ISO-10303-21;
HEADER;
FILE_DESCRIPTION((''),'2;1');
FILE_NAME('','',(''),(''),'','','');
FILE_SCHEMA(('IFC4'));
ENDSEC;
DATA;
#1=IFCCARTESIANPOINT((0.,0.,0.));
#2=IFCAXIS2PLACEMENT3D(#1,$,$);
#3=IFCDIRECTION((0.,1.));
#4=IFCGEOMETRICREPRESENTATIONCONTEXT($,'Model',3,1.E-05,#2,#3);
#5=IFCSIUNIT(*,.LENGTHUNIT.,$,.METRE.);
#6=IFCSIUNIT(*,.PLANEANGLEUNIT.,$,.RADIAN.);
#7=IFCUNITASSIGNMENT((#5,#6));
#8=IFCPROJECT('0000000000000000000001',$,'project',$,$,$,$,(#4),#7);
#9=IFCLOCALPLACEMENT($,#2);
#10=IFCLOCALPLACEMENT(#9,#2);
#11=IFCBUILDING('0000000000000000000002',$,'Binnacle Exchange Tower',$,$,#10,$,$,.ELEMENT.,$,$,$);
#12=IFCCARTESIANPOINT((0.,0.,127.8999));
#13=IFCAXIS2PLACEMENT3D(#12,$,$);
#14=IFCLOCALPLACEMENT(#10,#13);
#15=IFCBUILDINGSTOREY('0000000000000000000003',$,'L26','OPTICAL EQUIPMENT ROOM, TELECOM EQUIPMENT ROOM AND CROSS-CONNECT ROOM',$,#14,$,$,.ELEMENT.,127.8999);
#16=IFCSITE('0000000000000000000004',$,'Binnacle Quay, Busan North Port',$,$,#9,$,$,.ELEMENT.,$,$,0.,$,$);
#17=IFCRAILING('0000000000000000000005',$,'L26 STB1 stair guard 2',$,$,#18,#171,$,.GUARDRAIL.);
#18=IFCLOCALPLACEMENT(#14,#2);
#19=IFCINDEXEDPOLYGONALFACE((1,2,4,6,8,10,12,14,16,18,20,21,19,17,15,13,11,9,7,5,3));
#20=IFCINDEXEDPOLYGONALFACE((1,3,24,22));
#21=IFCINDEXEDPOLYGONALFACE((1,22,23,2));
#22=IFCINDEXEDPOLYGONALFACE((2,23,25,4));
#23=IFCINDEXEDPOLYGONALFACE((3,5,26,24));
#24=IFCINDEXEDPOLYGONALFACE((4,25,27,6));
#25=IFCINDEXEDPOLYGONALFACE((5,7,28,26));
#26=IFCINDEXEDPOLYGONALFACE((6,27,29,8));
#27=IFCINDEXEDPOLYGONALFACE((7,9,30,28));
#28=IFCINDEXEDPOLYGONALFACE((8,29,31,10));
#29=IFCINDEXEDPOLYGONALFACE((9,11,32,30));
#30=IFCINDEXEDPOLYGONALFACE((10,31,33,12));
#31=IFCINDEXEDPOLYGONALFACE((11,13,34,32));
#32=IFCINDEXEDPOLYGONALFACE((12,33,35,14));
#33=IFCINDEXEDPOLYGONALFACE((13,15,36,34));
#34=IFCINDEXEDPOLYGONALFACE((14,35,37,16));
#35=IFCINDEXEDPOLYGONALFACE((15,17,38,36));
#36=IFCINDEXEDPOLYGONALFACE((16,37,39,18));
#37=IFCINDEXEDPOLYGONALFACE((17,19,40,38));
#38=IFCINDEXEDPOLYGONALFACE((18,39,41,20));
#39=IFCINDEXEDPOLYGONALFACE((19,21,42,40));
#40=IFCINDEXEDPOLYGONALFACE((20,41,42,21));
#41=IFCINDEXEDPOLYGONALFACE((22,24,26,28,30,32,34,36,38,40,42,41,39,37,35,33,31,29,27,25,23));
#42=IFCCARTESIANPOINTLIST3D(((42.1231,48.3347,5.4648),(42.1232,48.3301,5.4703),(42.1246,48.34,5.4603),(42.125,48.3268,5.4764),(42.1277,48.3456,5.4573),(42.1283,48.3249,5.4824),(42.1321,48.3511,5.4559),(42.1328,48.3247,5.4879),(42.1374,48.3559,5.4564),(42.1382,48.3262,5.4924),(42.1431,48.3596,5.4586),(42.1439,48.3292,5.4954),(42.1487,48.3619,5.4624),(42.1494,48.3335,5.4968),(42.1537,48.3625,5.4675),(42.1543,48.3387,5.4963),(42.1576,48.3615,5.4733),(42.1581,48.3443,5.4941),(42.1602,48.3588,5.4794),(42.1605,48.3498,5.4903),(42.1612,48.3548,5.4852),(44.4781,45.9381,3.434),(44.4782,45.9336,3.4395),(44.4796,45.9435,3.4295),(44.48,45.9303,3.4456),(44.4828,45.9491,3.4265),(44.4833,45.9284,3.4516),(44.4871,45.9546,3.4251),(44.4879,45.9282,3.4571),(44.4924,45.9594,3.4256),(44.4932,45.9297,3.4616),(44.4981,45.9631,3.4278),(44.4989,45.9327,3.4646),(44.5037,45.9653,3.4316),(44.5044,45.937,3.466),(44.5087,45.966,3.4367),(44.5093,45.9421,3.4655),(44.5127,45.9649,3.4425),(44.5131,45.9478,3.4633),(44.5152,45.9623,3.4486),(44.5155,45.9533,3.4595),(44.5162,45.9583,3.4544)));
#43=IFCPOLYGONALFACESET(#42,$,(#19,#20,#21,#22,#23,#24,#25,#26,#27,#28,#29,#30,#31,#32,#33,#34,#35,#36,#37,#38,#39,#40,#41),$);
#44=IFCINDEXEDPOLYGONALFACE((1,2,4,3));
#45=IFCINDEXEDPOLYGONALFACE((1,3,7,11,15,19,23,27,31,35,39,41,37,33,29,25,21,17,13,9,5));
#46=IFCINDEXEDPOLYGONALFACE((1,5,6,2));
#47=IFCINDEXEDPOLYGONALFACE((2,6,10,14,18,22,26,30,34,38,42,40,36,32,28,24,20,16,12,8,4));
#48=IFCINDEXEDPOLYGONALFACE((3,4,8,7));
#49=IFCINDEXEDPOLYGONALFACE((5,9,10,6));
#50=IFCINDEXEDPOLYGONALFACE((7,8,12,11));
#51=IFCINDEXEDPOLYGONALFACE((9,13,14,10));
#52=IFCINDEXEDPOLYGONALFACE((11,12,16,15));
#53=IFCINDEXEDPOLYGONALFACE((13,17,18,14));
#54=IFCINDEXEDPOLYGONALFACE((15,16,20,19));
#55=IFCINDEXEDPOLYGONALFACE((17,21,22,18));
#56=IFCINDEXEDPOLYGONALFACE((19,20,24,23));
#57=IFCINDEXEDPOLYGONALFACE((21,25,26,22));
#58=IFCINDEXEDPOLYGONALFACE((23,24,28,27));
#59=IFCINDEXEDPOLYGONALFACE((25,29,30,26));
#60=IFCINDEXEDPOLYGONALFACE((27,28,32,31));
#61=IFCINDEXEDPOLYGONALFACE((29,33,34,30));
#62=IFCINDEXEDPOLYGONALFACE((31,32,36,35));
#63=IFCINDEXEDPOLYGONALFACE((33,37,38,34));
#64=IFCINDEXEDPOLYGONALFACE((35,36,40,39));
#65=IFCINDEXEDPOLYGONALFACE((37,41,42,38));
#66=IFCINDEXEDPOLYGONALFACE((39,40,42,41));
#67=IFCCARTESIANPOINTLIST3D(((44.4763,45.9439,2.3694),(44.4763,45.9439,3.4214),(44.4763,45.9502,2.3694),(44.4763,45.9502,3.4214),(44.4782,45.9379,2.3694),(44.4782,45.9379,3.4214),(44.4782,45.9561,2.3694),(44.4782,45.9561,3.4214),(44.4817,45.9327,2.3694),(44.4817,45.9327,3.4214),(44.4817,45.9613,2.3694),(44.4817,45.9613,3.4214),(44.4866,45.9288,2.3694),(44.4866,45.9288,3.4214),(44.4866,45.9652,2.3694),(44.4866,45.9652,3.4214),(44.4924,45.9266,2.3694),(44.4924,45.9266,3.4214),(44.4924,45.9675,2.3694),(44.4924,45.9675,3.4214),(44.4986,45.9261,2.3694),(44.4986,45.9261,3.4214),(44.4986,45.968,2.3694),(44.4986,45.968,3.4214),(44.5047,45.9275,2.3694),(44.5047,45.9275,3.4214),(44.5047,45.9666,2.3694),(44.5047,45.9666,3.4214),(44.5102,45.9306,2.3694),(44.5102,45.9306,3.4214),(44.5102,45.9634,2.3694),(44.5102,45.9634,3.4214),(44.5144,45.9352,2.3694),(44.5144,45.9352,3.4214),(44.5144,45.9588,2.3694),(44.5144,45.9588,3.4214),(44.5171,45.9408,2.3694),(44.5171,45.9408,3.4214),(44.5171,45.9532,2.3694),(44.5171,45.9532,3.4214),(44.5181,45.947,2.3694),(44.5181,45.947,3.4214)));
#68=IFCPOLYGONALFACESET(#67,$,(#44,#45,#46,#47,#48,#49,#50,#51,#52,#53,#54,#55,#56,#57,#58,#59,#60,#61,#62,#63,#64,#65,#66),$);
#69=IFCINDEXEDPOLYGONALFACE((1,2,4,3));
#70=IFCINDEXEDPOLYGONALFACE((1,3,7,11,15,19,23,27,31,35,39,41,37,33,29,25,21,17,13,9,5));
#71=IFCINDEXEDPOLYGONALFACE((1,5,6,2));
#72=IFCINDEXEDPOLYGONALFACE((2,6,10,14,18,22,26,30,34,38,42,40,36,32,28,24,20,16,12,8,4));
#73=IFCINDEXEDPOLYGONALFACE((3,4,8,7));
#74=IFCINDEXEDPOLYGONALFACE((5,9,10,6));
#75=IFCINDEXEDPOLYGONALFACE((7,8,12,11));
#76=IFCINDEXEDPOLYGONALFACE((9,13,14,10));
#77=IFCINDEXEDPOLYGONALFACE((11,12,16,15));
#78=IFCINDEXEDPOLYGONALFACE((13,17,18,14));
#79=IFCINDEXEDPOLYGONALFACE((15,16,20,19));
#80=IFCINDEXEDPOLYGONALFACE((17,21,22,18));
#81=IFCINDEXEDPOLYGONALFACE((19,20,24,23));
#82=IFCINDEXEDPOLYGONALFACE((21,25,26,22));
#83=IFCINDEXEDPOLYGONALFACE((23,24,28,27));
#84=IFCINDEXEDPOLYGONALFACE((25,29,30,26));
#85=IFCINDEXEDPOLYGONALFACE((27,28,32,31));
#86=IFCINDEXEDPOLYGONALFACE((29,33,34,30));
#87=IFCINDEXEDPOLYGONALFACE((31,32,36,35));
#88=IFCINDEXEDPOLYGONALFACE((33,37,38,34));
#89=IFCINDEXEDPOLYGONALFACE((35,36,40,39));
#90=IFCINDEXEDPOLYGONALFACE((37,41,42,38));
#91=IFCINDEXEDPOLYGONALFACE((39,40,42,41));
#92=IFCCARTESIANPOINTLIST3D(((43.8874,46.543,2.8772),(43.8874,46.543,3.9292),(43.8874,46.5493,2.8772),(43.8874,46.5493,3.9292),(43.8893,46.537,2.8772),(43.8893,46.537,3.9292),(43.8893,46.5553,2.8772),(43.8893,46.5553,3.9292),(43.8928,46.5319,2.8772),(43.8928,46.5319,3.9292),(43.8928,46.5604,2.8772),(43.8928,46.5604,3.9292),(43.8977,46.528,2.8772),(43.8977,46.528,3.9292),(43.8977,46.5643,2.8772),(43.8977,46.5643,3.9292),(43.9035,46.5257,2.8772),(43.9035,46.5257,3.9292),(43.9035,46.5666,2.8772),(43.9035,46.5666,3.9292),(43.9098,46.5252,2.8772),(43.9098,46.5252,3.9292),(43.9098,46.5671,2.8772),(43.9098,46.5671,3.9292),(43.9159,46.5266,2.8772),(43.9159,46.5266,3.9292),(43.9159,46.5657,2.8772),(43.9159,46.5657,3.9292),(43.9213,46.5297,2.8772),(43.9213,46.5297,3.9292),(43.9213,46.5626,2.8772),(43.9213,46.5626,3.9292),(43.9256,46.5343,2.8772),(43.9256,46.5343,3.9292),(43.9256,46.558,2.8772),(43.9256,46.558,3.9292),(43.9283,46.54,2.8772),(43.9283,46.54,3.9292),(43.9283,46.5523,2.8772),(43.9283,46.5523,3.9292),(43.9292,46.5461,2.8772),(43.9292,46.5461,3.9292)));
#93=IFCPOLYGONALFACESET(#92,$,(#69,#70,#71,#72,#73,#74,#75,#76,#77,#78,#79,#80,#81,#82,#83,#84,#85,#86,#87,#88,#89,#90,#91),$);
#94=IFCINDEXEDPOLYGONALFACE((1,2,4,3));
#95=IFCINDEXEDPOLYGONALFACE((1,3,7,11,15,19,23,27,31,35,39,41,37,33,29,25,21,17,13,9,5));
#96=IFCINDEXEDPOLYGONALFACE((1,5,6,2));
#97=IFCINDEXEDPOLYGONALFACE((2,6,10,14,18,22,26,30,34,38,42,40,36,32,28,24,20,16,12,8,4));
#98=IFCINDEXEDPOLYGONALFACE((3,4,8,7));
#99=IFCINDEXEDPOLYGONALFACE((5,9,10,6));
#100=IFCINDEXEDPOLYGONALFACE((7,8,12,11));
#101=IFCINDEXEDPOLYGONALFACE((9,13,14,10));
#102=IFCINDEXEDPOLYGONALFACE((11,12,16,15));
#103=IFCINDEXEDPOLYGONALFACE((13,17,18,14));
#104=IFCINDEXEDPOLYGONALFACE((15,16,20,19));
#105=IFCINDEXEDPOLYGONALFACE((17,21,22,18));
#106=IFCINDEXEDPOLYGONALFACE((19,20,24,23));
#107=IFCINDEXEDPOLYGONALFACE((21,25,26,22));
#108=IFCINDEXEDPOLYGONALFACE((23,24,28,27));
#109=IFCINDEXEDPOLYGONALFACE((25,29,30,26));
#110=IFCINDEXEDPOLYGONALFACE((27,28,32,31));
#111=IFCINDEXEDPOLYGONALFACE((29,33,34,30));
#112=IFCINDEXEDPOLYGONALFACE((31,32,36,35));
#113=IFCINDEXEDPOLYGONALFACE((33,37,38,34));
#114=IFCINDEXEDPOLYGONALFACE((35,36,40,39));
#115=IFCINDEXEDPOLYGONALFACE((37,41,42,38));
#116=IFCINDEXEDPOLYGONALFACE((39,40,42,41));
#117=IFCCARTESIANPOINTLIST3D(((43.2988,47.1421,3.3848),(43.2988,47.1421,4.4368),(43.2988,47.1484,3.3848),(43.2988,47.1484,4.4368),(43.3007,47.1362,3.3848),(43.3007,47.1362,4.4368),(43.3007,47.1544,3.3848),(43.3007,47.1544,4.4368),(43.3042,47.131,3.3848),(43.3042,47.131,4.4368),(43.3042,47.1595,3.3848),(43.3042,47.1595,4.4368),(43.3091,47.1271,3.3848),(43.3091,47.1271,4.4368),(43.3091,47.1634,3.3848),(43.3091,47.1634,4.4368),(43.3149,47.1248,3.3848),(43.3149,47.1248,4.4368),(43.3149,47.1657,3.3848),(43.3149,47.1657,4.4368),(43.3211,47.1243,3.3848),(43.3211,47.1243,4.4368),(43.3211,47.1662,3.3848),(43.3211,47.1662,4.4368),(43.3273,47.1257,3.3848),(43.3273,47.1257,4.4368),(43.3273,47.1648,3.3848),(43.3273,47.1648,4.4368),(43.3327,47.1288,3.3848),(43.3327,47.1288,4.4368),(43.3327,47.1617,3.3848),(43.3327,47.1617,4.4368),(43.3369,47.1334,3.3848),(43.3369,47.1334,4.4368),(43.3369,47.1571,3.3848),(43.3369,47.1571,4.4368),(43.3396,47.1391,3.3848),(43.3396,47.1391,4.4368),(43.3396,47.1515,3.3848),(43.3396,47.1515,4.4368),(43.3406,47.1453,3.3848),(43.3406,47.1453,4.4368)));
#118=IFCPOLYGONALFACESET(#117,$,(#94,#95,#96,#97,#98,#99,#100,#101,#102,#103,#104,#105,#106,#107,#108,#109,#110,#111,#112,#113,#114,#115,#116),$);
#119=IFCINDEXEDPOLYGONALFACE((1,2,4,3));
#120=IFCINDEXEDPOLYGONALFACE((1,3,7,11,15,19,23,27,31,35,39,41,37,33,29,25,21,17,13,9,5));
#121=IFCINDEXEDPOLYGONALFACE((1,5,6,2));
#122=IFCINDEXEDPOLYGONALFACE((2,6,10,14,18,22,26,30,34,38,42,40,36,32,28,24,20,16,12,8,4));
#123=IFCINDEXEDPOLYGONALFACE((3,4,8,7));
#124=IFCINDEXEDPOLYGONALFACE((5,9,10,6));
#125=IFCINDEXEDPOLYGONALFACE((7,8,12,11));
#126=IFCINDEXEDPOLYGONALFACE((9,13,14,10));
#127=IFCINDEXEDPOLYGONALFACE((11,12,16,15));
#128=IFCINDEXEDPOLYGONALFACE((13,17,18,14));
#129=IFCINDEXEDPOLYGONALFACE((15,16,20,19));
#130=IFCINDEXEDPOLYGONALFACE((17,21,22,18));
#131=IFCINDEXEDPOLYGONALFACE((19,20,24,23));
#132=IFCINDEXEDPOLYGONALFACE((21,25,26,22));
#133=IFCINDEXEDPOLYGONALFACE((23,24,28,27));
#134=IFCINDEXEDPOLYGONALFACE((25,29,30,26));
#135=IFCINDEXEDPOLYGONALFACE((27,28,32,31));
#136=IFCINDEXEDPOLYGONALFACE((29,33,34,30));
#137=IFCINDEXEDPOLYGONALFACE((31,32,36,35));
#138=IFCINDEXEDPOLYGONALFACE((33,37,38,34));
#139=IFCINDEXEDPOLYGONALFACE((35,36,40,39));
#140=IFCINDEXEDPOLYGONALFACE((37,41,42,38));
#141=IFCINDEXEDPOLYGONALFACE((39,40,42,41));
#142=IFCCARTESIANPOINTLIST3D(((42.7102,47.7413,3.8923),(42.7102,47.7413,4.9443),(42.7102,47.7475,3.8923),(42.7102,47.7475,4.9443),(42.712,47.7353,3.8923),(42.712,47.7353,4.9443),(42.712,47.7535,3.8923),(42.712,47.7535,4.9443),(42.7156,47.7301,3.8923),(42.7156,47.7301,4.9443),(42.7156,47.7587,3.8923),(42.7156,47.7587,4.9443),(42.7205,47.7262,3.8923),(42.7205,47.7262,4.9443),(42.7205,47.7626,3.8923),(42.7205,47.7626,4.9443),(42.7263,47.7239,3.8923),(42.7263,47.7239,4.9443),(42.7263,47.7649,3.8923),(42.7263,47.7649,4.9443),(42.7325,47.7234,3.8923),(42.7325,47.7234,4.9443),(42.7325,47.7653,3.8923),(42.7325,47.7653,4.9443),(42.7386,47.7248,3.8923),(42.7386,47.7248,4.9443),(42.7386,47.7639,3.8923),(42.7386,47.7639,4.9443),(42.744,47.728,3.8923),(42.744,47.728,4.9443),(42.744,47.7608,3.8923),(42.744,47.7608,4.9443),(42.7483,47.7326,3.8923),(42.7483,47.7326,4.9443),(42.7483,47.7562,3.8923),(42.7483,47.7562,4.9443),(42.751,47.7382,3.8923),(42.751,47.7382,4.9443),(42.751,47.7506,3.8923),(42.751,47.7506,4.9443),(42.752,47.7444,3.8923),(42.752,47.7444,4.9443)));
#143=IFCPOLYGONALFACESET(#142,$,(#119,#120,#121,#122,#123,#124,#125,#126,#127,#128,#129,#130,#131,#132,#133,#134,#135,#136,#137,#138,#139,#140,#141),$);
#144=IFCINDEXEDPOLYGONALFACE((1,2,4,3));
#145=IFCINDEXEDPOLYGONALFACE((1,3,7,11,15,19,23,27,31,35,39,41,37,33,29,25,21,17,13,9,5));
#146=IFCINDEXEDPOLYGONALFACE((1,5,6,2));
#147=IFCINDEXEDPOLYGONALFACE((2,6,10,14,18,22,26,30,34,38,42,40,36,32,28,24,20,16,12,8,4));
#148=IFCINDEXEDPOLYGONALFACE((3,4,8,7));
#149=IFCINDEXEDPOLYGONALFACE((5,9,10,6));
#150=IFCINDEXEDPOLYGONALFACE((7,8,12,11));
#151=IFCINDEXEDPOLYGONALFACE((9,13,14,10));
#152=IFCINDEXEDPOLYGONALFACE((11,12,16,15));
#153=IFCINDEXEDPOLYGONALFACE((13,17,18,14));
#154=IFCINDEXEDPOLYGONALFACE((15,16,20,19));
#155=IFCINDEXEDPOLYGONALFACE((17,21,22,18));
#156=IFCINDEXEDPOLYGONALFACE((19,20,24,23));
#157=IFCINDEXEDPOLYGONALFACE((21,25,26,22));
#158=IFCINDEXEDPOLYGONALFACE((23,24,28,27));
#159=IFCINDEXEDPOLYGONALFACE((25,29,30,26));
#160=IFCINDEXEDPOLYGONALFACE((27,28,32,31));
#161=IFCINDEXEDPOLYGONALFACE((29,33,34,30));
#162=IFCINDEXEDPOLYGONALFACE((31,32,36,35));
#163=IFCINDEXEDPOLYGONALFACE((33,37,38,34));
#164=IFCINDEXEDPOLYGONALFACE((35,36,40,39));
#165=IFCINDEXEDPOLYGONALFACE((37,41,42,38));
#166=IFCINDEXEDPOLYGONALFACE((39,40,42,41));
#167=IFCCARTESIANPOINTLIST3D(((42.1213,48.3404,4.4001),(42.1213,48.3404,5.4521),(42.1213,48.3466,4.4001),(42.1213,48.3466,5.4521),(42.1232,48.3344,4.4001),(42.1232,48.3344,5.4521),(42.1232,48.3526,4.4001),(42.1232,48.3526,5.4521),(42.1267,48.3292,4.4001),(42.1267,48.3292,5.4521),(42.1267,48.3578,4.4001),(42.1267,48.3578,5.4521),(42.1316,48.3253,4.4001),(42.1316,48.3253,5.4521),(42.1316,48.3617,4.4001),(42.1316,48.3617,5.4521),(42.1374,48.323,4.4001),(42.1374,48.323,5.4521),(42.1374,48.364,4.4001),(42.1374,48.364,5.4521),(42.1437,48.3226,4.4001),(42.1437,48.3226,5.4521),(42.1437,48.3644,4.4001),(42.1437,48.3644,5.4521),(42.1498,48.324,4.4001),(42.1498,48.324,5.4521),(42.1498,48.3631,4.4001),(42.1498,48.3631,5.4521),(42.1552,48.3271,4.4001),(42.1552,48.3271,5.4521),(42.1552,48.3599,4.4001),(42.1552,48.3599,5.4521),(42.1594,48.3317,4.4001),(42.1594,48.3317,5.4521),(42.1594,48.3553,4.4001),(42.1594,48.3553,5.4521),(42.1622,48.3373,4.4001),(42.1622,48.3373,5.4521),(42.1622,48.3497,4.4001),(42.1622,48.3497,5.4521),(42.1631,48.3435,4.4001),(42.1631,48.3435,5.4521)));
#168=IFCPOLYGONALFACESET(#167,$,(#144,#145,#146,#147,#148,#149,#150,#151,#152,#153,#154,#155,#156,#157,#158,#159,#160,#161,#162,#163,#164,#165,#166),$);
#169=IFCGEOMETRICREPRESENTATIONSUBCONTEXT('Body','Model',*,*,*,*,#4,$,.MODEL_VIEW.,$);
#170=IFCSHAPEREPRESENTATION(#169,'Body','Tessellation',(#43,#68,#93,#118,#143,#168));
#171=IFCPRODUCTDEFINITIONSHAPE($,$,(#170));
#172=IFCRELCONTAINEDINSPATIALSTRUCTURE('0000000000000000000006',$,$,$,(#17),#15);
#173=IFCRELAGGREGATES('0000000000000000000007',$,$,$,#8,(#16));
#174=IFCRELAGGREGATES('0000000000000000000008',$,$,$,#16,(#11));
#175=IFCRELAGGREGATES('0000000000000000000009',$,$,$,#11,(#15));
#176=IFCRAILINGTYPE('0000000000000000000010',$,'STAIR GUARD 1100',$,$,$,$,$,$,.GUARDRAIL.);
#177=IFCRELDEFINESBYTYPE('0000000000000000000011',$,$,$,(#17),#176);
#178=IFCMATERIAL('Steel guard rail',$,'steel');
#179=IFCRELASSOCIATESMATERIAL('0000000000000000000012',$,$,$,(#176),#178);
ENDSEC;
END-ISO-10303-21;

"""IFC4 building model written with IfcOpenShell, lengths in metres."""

from ifc_helpers import new_model, si_unit, direction, frame, origin, origin_2d, place, context, subcontext, project, spatial, circle, extrude, material, type_object, element, save


model = new_model("IFC4")

# Units and contexts
model_context = context("Model", 3, precision=1e-05, world=origin(), true_north=direction((0.0, 1.0)))
body_context = subcontext(model_context, "Body", "Model", "MODEL_VIEW")
ifc_project = project(units=[si_unit("LENGTHUNIT", "METRE"), si_unit("PLANEANGLEUNIT", "RADIAN")], contexts=[model_context])

# Site, building, storey
site_placement = place(None, origin())
site = spatial("IfcSite", under=ifc_project, at=site_placement, Name="Binnacle Quay, Busan North Port", CompositionType="ELEMENT", RefElevation=0.0)
building_placement = place(site_placement, origin())
building = spatial("IfcBuilding", under=site, at=building_placement, Name="Binnacle Exchange Tower", CompositionType="ELEMENT")
storey_placement = place(building_placement, frame((0.0, 0.0, 127.8999)))
storey = spatial("IfcBuildingStorey", under=building, at=storey_placement, Name="L26", Description="OPTICAL EQUIPMENT ROOM, TELECOM EQUIPMENT ROOM AND CROSS-CONNECT ROOM", CompositionType="ELEMENT", Elevation=127.8999)

# Railing
ifc_material_1 = material(Name="Steel guard rail", Category="steel")
railing_type_1 = type_object("IfcRailingType", Name="STAIR GUARD 1100", PredefinedType="GUARDRAIL", material=ifc_material_1)
railing_1_placement = place(storey_placement, frame((44.4971, 45.947, 2.3694)))
element("IfcRailing", 1, at=railing_1_placement, inside=storey, type_object=railing_type_1, Name="L26 STB1 stair guard 2", PredefinedType="GUARDRAIL", context=body_context, shape_type="SweptSolid", body=[
    extrude(circle(Radius=0.0239, at=origin_2d()), frame((0.0, 0.0, 1.0762), z_axis=(-0.59985, 0.610422, 0.517267), x_axis=(-0.713256, -0.700903, 0.0)), (0.0, 0.0, 1.0), 3.926),
    extrude(circle(Radius=0.021, at=origin_2d()), origin(), (0.0, 0.0, 1.0), 1.052),
    extrude(circle(Radius=0.021, at=origin_2d()), frame((-0.5889, 0.5991, 0.5078)), (0.0, 0.0, 1.0), 1.052),
    extrude(circle(Radius=0.021, at=origin_2d()), frame((-1.1775, 1.1982, 1.0154)), (0.0, 0.0, 1.0), 1.052),
    extrude(circle(Radius=0.021, at=origin_2d()), frame((-1.7661, 1.7974, 1.5229)), (0.0, 0.0, 1.0), 1.052),
    extrude(circle(Radius=0.021, at=origin_2d()), frame((-2.355, 2.3965, 2.0308)), (0.0, 0.0, 1.0), 1.052),
])

save(model, "model.ifc")
